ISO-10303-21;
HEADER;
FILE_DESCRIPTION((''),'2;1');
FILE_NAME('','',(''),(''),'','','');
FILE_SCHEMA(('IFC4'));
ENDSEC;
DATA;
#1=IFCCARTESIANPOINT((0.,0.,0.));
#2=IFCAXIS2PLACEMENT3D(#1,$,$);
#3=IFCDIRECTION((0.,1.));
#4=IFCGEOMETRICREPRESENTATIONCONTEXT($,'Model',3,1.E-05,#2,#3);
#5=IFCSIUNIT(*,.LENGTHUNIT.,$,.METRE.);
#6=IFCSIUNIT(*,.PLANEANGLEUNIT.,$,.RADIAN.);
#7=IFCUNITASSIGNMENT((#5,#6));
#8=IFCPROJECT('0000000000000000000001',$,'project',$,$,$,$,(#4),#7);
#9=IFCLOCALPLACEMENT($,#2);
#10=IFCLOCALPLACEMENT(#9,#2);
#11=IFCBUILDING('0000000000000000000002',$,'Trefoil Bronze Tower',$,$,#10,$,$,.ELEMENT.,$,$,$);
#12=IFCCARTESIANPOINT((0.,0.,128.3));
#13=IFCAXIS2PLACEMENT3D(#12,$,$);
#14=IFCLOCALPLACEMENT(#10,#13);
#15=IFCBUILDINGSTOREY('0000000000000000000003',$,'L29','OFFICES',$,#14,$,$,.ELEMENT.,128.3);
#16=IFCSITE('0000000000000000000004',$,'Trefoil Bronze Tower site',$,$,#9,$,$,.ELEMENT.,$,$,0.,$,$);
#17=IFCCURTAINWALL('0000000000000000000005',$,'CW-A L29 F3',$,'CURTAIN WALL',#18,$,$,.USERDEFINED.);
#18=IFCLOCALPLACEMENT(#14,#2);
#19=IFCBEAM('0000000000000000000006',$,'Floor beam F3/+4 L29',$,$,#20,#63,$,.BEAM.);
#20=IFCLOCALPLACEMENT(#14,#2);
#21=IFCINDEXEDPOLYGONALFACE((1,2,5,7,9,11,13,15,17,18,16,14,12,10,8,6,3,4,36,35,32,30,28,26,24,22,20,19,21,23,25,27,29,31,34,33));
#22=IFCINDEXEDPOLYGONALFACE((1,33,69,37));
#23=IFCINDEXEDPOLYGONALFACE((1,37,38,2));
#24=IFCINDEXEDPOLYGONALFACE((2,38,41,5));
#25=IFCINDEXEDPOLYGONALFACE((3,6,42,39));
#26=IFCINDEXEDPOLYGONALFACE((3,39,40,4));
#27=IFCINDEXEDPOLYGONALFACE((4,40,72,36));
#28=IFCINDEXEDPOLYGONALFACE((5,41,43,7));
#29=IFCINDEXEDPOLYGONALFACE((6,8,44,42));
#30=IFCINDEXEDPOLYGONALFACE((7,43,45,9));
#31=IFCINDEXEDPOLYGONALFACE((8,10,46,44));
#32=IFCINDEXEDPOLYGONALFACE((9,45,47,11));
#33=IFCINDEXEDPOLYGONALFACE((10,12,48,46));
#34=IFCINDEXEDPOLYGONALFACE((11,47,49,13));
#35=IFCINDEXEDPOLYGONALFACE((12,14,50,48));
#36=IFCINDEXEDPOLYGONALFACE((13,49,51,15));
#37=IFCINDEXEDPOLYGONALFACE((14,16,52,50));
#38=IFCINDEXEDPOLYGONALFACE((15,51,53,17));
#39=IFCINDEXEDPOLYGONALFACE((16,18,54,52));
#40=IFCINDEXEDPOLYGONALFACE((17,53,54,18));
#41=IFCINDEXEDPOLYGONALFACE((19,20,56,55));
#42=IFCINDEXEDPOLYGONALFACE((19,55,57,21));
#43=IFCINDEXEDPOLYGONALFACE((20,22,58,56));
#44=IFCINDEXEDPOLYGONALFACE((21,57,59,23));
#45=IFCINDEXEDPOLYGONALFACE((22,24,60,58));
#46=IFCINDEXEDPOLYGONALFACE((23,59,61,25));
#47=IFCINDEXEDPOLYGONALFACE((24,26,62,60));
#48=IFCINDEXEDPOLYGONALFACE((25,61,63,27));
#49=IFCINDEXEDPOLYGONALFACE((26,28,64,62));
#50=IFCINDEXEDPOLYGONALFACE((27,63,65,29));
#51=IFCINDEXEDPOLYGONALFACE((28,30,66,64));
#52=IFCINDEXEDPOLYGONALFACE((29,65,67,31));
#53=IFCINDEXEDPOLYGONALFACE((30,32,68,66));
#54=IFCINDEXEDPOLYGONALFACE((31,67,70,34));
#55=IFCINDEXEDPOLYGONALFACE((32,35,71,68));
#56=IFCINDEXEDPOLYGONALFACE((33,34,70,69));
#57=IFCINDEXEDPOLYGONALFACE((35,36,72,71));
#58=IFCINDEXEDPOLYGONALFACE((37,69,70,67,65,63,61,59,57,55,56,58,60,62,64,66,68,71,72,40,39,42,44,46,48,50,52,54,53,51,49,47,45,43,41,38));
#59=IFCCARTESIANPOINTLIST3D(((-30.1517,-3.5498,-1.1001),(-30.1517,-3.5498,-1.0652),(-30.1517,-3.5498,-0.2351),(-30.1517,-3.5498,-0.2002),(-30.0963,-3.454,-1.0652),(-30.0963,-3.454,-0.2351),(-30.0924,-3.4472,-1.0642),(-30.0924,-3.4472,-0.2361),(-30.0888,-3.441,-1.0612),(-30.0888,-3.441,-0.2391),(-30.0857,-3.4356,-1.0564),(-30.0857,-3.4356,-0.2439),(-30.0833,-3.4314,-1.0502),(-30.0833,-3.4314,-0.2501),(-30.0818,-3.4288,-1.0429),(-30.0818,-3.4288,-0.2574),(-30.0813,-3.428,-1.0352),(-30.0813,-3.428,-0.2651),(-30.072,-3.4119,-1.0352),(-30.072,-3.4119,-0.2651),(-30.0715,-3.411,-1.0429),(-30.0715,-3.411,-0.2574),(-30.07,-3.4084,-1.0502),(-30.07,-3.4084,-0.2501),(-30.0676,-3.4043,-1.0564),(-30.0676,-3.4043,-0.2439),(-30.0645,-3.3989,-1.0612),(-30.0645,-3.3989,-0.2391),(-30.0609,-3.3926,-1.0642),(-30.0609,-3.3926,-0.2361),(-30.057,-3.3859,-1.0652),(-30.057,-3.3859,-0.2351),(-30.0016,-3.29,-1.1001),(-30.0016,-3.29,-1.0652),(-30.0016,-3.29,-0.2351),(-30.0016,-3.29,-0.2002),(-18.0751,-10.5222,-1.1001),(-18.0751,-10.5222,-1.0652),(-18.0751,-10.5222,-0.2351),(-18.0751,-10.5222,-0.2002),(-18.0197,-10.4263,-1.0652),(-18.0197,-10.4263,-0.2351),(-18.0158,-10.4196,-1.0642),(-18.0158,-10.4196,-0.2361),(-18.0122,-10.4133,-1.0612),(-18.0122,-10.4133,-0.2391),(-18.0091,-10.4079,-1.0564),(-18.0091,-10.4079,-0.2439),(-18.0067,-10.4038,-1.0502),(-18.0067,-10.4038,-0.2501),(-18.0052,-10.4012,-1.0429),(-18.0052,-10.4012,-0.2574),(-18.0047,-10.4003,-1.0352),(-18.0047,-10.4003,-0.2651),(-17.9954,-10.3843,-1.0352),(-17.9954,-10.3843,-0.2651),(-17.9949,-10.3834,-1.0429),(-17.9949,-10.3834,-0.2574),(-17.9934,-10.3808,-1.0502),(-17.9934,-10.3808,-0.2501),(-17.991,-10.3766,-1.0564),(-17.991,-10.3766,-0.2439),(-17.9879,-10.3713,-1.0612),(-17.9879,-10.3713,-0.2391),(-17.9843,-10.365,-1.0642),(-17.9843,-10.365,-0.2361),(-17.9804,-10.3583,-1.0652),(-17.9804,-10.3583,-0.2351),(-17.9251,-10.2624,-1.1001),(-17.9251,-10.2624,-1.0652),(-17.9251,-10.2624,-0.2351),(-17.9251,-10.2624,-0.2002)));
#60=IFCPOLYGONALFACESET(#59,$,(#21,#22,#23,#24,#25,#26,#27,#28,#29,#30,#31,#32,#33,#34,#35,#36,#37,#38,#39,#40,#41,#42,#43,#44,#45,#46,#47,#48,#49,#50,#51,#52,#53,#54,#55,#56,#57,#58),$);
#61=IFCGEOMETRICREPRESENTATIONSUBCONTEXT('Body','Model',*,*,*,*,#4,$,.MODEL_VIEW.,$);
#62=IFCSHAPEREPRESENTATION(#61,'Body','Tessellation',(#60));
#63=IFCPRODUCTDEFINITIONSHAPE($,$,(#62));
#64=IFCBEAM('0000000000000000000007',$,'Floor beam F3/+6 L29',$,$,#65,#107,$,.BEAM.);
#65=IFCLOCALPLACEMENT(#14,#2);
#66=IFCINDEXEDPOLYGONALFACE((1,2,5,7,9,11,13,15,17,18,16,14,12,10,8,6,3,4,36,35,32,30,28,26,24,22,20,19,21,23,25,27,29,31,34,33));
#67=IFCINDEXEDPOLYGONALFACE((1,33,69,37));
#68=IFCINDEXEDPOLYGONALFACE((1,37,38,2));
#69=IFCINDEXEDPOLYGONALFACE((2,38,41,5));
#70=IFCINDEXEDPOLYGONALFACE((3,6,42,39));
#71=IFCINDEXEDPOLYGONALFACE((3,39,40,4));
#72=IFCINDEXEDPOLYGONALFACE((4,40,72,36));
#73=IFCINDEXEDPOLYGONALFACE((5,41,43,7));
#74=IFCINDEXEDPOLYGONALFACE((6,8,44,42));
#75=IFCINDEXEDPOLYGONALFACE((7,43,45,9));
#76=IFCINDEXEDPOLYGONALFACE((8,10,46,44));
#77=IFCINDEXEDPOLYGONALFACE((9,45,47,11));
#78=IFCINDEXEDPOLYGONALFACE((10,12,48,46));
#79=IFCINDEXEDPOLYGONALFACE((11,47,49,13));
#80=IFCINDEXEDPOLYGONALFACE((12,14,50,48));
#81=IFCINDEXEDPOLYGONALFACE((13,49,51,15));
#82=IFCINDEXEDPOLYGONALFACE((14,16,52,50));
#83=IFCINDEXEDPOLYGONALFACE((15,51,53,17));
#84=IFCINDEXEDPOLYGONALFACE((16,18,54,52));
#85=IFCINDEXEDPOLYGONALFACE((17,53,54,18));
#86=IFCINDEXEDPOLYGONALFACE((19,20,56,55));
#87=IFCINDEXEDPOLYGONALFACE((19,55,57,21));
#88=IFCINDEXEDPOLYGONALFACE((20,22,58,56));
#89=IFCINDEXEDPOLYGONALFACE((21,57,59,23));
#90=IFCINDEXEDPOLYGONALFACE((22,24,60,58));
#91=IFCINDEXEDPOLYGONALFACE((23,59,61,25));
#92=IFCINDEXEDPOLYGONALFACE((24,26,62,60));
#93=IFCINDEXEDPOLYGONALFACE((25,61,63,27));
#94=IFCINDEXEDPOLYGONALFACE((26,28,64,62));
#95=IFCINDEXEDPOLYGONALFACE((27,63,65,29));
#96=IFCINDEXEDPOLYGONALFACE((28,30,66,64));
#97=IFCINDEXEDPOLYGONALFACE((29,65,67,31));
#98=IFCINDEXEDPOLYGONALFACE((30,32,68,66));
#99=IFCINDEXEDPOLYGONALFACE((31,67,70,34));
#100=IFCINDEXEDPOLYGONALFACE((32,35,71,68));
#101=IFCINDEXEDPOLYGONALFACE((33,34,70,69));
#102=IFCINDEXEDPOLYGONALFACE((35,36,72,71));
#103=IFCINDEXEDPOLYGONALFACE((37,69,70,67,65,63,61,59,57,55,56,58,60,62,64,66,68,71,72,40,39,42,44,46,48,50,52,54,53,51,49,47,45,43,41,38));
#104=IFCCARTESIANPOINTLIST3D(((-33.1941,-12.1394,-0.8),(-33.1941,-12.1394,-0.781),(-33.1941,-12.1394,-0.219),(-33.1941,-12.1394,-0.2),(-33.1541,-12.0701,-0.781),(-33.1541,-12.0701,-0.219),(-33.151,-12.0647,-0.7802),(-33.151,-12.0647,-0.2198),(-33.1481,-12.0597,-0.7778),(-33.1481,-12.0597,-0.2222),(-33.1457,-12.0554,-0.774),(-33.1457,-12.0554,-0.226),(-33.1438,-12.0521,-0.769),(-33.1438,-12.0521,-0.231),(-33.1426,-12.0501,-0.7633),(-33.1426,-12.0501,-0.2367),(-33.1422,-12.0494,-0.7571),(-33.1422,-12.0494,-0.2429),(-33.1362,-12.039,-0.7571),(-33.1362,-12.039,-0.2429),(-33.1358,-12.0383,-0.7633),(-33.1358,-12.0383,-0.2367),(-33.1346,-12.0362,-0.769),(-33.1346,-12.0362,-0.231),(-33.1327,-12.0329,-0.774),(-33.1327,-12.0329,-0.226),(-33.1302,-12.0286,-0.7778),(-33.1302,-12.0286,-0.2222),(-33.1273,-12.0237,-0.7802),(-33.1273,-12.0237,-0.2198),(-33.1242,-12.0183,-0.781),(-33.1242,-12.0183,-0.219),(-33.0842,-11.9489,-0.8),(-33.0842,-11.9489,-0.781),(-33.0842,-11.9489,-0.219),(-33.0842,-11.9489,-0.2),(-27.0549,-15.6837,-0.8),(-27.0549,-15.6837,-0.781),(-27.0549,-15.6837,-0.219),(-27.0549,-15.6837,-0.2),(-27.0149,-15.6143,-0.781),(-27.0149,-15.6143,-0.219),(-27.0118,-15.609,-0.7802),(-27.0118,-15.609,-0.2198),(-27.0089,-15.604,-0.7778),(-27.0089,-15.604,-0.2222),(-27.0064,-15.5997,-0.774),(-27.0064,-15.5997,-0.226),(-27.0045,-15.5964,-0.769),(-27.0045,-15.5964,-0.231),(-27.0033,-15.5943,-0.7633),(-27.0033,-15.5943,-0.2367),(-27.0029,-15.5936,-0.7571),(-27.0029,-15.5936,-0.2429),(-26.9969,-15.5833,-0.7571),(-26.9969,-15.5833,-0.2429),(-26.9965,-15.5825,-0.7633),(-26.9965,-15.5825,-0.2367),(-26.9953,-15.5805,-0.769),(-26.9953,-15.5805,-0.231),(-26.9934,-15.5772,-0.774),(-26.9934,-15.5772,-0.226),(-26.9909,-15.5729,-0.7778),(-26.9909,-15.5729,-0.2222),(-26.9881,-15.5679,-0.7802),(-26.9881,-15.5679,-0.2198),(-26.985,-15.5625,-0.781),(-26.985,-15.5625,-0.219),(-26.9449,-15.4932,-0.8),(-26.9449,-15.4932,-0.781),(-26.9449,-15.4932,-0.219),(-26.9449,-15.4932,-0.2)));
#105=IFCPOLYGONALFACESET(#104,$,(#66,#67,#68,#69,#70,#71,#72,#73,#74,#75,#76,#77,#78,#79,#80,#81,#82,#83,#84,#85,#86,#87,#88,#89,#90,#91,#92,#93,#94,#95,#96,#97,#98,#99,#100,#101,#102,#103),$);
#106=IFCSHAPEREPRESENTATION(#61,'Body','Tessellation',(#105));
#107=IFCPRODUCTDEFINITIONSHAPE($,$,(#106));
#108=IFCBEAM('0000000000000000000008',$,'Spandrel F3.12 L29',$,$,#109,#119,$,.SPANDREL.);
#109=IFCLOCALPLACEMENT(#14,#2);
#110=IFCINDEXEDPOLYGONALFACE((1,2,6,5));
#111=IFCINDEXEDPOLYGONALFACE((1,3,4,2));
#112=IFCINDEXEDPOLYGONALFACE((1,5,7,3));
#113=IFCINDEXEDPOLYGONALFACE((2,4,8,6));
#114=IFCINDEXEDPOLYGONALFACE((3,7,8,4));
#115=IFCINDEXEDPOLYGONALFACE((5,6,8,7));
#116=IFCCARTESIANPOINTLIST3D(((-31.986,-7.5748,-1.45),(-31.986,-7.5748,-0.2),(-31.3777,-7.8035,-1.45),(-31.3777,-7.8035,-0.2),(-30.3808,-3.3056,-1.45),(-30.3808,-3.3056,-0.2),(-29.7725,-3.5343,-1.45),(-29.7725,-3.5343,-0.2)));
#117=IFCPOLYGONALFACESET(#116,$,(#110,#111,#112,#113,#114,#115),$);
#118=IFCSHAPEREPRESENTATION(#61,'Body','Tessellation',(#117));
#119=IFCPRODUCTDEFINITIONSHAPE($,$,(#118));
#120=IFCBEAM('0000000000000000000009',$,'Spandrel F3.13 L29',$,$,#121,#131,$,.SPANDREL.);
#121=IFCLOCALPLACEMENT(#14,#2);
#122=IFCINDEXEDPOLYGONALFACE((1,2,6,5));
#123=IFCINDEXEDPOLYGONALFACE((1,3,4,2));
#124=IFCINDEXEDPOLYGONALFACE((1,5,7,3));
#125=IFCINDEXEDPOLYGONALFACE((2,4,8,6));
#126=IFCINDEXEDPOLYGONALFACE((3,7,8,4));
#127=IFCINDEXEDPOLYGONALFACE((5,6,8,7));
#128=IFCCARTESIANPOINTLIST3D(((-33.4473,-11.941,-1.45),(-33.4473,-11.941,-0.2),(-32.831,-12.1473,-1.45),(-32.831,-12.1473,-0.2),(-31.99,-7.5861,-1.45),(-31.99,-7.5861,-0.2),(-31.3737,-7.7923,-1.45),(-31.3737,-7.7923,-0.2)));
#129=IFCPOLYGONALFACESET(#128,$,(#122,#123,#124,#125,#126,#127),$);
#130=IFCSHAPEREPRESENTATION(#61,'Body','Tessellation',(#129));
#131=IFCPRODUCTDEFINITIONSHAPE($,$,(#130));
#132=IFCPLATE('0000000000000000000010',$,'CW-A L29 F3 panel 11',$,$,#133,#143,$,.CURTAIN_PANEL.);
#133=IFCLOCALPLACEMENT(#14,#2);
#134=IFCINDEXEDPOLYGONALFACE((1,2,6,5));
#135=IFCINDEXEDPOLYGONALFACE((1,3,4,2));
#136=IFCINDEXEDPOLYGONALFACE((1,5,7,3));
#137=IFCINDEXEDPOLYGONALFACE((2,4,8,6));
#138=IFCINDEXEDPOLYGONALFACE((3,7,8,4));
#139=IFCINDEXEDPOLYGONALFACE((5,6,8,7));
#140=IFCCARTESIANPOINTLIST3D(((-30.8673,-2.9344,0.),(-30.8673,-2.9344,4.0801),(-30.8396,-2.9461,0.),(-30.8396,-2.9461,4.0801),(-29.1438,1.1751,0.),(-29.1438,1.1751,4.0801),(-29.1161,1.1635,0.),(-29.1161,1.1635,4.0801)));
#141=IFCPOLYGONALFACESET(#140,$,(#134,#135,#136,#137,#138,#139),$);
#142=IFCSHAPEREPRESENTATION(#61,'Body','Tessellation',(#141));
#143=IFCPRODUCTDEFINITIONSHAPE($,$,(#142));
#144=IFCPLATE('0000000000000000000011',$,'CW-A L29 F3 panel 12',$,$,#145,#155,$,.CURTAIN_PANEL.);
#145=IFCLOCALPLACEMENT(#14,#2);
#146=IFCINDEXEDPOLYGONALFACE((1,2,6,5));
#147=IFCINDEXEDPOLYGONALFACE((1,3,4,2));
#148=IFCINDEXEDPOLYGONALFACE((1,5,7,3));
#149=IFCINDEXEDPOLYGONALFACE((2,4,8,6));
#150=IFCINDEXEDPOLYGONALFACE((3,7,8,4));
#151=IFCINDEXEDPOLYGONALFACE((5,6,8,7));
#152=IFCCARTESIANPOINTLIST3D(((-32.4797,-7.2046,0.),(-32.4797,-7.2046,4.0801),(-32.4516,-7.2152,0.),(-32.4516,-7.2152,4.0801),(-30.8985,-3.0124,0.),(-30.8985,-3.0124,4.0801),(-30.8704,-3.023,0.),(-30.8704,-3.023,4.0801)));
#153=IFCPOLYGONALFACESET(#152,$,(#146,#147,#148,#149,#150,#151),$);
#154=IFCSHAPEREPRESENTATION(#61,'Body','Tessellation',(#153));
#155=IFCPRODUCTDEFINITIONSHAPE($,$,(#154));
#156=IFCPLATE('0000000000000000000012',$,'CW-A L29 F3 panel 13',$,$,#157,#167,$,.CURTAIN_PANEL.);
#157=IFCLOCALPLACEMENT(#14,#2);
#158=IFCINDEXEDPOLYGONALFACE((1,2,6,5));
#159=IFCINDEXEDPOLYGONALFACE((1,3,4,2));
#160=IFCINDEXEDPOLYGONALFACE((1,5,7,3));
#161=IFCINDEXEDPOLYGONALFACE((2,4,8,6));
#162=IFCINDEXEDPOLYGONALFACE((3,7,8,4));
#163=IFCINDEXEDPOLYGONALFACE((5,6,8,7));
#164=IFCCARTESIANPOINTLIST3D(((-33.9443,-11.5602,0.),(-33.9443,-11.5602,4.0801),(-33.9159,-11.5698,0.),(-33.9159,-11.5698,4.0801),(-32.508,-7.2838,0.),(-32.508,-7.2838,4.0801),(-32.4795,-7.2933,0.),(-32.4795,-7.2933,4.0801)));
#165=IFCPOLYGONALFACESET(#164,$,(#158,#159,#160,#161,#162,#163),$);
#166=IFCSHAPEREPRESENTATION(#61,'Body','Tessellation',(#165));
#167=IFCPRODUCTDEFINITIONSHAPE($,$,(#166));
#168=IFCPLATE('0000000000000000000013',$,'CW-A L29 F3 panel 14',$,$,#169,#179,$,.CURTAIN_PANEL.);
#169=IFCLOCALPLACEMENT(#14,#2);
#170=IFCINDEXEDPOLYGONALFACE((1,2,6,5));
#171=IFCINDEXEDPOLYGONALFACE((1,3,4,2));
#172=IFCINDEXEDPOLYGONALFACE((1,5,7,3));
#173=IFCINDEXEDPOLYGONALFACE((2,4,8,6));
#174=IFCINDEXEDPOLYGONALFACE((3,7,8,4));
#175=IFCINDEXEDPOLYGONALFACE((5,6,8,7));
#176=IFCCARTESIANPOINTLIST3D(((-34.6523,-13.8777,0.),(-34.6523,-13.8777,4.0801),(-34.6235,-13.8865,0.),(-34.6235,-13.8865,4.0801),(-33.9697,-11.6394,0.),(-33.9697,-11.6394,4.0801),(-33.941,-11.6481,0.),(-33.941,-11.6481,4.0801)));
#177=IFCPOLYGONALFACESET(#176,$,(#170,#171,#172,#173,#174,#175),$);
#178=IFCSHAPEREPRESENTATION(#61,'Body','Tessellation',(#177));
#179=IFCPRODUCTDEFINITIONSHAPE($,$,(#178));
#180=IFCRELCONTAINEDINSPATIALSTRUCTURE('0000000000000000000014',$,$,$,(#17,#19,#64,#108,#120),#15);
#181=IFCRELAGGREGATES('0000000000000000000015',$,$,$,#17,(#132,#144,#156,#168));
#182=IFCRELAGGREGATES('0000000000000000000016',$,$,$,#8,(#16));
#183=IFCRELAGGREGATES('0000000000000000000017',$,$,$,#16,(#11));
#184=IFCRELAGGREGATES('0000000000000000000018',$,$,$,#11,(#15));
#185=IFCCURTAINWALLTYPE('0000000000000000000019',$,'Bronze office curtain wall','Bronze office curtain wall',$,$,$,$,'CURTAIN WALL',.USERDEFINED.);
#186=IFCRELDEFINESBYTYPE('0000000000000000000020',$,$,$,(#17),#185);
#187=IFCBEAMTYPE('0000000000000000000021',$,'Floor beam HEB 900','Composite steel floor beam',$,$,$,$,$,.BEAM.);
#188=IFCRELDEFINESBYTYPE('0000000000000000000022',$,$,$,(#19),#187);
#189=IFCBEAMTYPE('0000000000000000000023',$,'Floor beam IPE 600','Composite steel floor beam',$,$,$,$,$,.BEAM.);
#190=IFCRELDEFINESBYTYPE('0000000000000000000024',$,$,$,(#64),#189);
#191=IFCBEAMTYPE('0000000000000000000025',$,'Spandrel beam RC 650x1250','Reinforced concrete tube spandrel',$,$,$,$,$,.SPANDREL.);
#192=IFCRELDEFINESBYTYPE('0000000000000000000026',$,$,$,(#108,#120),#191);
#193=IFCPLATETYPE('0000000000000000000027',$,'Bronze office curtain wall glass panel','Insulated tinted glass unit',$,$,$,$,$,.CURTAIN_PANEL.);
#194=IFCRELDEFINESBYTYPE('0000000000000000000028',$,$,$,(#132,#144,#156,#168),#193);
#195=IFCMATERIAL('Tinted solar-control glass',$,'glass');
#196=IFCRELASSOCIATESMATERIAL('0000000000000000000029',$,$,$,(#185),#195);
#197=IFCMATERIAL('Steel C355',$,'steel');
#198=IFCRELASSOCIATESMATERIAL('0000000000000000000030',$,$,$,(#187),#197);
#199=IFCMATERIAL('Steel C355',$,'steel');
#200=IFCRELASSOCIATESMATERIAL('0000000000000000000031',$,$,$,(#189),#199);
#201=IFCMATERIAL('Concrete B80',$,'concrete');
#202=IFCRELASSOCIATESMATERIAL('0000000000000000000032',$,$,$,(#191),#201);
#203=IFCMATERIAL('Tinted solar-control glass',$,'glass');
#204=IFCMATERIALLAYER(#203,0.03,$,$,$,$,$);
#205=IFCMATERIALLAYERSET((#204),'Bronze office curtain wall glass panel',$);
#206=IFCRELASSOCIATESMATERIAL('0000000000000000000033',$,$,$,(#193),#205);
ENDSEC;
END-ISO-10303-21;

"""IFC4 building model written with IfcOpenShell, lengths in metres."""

from ifc_helpers import new_model, si_unit, direction, frame, origin, origin_2d, place, context, subcontext, project, spatial, rectangle, i_section, extrude, material, layer, layer_set, material_profile, profile_set, type_object, element, aggregate, save


model = new_model("IFC4")

# Units and contexts
model_context = context("Model", 3, precision=1e-05, world=origin(), true_north=direction((0.0, 1.0)))
body_context = subcontext(model_context, "Body", "Model", "MODEL_VIEW")
ifc_project = project(units=[si_unit("LENGTHUNIT", "METRE"), si_unit("PLANEANGLEUNIT", "RADIAN")], contexts=[model_context])

# Site, building, storey
site_placement = place(None, origin())
site = spatial("IfcSite", under=ifc_project, at=site_placement, Name="Trefoil Bronze Tower site", CompositionType="ELEMENT", RefElevation=0.0)
building_placement = place(site_placement, origin())
building = spatial("IfcBuilding", under=site, at=building_placement, Name="Trefoil Bronze Tower", CompositionType="ELEMENT")
storey_placement = place(building_placement, frame((0.0, 0.0, 128.3)))
storey = spatial("IfcBuildingStorey", under=building, at=storey_placement, Name="L29", Description="OFFICES", CompositionType="ELEMENT", Elevation=128.3)

# Curtain wall
ifc_material_1 = material(Name="Tinted solar-control glass", Category="glass")
curtain_wall_type_1 = type_object("IfcCurtainWallType", Name="Bronze office curtain wall", Description="Bronze office curtain wall", ElementType="CURTAIN WALL", PredefinedType="USERDEFINED", material=ifc_material_1)
curtain_wall_1_placement = place(storey_placement, origin())
curtain_wall_1 = element("IfcCurtainWall", 1, at=curtain_wall_1_placement, inside=storey, type_object=curtain_wall_type_1, Name="CW-A L29 F3", ObjectType="CURTAIN WALL", PredefinedType="USERDEFINED")

# Beams
ifc_material_2 = material(Name="Steel C355", Category="steel")
ifc_material_profile_1 = material_profile(ifc_material_2, i_section(OverallWidth=0.3, OverallDepth=0.8999, WebThickness=0.0186, FlangeThickness=0.0349, FilletRadius=0.03, at=origin_2d()), Name="HEB 900")
ifc_profile_set_1 = profile_set([ifc_material_profile_1], Name="Steel C355")
beam_type_1 = type_object("IfcBeamType", Name="Floor beam HEB 900", Description="Composite steel floor beam", PredefinedType="BEAM", material=ifc_profile_set_1)
beam_1_placement = place(storey_placement, frame((-30.0767, -3.4199, -0.6501), z_axis=(0.866027, -0.499997, 0.0), x_axis=(0.499997, 0.866027, 0.0)))
element("IfcBeam", 2, at=beam_1_placement, inside=storey, type_object=beam_type_1, Name="Floor beam F3/+4 L29", PredefinedType="BEAM", context=body_context, shape_type="SweptSolid", body=[
    extrude(i_section(OverallWidth=0.3, OverallDepth=0.8999, WebThickness=0.0186, FlangeThickness=0.0349, FilletRadius=0.03, at=origin_2d()), origin(), (0.0, 0.0, 1.0), 13.9448),
])
ifc_material_3 = material(Name="Steel C355", Category="steel")
ifc_material_profile_2 = material_profile(ifc_material_3, i_section(OverallWidth=0.22, OverallDepth=0.6001, WebThickness=0.012, FlangeThickness=0.019, FilletRadius=0.0239, at=origin_2d()), Name="IPE 600")
ifc_profile_set_2 = profile_set([ifc_material_profile_2], Name="Steel C355")
beam_type_2 = type_object("IfcBeamType", Name="Floor beam IPE 600", Description="Composite steel floor beam", PredefinedType="BEAM", material=ifc_profile_set_2)
beam_2_placement = place(storey_placement, frame((-33.1392, -12.0442, -0.5), z_axis=(0.866041, -0.499973, 0.0), x_axis=(0.499973, 0.866041, 0.0)))
element("IfcBeam", 3, at=beam_2_placement, inside=storey, type_object=beam_type_2, Name="Floor beam F3/+6 L29", PredefinedType="BEAM", context=body_context, shape_type="SweptSolid", body=[
    extrude(i_section(OverallWidth=0.22, OverallDepth=0.6001, WebThickness=0.012, FlangeThickness=0.019, FilletRadius=0.0239, at=origin_2d()), origin(), (0.0, 0.0, 1.0), 7.0889),
])
ifc_material_4 = material(Name="Concrete B80", Category="concrete")
ifc_material_profile_3 = material_profile(ifc_material_4, rectangle(XDim=0.6499, YDim=1.25, at=origin_2d()), Name="RC 650x1250")
ifc_profile_set_3 = profile_set([ifc_material_profile_3], Name="Concrete B80")
beam_type_3 = type_object("IfcBeamType", Name="Spandrel beam RC 650x1250", Description="Reinforced concrete tube spandrel", PredefinedType="SPANDREL", material=ifc_profile_set_3)
beam_3_placement = place(storey_placement, frame((-30.0767, -3.4199, -0.825), z_axis=(-0.351939, -0.936023, 0.0), x_axis=(0.936023, -0.351939, 0.0)))
element("IfcBeam", 4, at=beam_3_placement, inside=storey, type_object=beam_type_3, Name="Spandrel F3.12 L29", PredefinedType="SPANDREL", context=body_context, shape_type="SweptSolid", body=[
    extrude(rectangle(XDim=0.6499, YDim=1.25, at=origin_2d()), origin(), (0.0, 0.0, 1.0), 4.561),
])
beam_4_placement = place(storey_placement, frame((-31.6819, -7.6892, -0.825), z_axis=(-0.317328, -0.948316, 0.0), x_axis=(0.948316, -0.317328, 0.0)))
element("IfcBeam", 5, at=beam_4_placement, inside=storey, type_object=beam_type_3, Name="Spandrel F3.13 L29", PredefinedType="SPANDREL", context=body_context, shape_type="SweptSolid", body=[
    extrude(rectangle(XDim=0.6499, YDim=1.25, at=origin_2d()), origin(), (0.0, 0.0, 1.0), 4.5923),
])

# Plates
ifc_material_5 = material(Name="Tinted solar-control glass", Category="glass")
ifc_layer_1 = layer(ifc_material_5, 0.03)
ifc_layer_set_1 = layer_set([ifc_layer_1], Name="Bronze office curtain wall glass panel")
plate_type_1 = type_object("IfcPlateType", Name="Bronze office curtain wall glass panel", Description="Insulated tinted glass unit", PredefinedType="CURTAIN_PANEL", material=ifc_layer_set_1)
plate_1_placement = place(storey_placement, frame((-29.9917, -0.8855, 0.0), z_axis=(0.0, 0.0, 1.0), x_axis=(-0.386759, -0.922181, 0.0)))
plate_1 = element("IfcPlate", 6, at=plate_1_placement, type_object=plate_type_1, Name="CW-A L29 F3 panel 11", PredefinedType="CURTAIN_PANEL", context=body_context, shape_type="SweptSolid", body=[
    extrude(rectangle(XDim=4.4563, YDim=0.03, at=origin_2d()), origin(), (0.0, 0.0, 1.0), 4.0801),
])
plate_2_placement = place(storey_placement, frame((-31.675, -5.1138, 0.0), z_axis=(0.0, 0.0, 1.0), x_axis=(-0.35292, -0.935654, 0.0)))
plate_2 = element("IfcPlate", 7, at=plate_2_placement, type_object=plate_type_1, Name="CW-A L29 F3 panel 12", PredefinedType="CURTAIN_PANEL", context=body_context, shape_type="SweptSolid", body=[
    extrude(rectangle(XDim=4.4805, YDim=0.03, at=origin_2d()), origin(), (0.0, 0.0, 1.0), 4.0801),
])
plate_3_placement = place(storey_placement, frame((-33.2119, -9.4268, 0.0), z_axis=(0.0, 0.0, 1.0), x_axis=(-0.318404, -0.947955, 0.0)))
plate_3 = element("IfcPlate", 8, at=plate_3_placement, type_object=plate_type_1, Name="CW-A L29 F3 panel 13", PredefinedType="CURTAIN_PANEL", context=body_context, shape_type="SweptSolid", body=[
    extrude(rectangle(XDim=4.5112, YDim=0.03, at=origin_2d()), origin(), (0.0, 0.0, 1.0), 4.0801),
])
plate_4_placement = place(storey_placement, frame((-34.2966, -12.7629, 0.0), z_axis=(0.0, 0.0, 1.0), x_axis=(-0.291669, -0.956519, 0.0)))
plate_4 = element("IfcPlate", 9, at=plate_4_placement, type_object=plate_type_1, Name="CW-A L29 F3 panel 14", PredefinedType="CURTAIN_PANEL", context=body_context, shape_type="SweptSolid", body=[
    extrude(rectangle(XDim=2.3401, YDim=0.03, at=origin_2d()), origin(), (0.0, 0.0, 1.0), 4.0801),
])
aggregate(curtain_wall_1, [plate_1, plate_2, plate_3, plate_4])

save(model, "model.ifc")
